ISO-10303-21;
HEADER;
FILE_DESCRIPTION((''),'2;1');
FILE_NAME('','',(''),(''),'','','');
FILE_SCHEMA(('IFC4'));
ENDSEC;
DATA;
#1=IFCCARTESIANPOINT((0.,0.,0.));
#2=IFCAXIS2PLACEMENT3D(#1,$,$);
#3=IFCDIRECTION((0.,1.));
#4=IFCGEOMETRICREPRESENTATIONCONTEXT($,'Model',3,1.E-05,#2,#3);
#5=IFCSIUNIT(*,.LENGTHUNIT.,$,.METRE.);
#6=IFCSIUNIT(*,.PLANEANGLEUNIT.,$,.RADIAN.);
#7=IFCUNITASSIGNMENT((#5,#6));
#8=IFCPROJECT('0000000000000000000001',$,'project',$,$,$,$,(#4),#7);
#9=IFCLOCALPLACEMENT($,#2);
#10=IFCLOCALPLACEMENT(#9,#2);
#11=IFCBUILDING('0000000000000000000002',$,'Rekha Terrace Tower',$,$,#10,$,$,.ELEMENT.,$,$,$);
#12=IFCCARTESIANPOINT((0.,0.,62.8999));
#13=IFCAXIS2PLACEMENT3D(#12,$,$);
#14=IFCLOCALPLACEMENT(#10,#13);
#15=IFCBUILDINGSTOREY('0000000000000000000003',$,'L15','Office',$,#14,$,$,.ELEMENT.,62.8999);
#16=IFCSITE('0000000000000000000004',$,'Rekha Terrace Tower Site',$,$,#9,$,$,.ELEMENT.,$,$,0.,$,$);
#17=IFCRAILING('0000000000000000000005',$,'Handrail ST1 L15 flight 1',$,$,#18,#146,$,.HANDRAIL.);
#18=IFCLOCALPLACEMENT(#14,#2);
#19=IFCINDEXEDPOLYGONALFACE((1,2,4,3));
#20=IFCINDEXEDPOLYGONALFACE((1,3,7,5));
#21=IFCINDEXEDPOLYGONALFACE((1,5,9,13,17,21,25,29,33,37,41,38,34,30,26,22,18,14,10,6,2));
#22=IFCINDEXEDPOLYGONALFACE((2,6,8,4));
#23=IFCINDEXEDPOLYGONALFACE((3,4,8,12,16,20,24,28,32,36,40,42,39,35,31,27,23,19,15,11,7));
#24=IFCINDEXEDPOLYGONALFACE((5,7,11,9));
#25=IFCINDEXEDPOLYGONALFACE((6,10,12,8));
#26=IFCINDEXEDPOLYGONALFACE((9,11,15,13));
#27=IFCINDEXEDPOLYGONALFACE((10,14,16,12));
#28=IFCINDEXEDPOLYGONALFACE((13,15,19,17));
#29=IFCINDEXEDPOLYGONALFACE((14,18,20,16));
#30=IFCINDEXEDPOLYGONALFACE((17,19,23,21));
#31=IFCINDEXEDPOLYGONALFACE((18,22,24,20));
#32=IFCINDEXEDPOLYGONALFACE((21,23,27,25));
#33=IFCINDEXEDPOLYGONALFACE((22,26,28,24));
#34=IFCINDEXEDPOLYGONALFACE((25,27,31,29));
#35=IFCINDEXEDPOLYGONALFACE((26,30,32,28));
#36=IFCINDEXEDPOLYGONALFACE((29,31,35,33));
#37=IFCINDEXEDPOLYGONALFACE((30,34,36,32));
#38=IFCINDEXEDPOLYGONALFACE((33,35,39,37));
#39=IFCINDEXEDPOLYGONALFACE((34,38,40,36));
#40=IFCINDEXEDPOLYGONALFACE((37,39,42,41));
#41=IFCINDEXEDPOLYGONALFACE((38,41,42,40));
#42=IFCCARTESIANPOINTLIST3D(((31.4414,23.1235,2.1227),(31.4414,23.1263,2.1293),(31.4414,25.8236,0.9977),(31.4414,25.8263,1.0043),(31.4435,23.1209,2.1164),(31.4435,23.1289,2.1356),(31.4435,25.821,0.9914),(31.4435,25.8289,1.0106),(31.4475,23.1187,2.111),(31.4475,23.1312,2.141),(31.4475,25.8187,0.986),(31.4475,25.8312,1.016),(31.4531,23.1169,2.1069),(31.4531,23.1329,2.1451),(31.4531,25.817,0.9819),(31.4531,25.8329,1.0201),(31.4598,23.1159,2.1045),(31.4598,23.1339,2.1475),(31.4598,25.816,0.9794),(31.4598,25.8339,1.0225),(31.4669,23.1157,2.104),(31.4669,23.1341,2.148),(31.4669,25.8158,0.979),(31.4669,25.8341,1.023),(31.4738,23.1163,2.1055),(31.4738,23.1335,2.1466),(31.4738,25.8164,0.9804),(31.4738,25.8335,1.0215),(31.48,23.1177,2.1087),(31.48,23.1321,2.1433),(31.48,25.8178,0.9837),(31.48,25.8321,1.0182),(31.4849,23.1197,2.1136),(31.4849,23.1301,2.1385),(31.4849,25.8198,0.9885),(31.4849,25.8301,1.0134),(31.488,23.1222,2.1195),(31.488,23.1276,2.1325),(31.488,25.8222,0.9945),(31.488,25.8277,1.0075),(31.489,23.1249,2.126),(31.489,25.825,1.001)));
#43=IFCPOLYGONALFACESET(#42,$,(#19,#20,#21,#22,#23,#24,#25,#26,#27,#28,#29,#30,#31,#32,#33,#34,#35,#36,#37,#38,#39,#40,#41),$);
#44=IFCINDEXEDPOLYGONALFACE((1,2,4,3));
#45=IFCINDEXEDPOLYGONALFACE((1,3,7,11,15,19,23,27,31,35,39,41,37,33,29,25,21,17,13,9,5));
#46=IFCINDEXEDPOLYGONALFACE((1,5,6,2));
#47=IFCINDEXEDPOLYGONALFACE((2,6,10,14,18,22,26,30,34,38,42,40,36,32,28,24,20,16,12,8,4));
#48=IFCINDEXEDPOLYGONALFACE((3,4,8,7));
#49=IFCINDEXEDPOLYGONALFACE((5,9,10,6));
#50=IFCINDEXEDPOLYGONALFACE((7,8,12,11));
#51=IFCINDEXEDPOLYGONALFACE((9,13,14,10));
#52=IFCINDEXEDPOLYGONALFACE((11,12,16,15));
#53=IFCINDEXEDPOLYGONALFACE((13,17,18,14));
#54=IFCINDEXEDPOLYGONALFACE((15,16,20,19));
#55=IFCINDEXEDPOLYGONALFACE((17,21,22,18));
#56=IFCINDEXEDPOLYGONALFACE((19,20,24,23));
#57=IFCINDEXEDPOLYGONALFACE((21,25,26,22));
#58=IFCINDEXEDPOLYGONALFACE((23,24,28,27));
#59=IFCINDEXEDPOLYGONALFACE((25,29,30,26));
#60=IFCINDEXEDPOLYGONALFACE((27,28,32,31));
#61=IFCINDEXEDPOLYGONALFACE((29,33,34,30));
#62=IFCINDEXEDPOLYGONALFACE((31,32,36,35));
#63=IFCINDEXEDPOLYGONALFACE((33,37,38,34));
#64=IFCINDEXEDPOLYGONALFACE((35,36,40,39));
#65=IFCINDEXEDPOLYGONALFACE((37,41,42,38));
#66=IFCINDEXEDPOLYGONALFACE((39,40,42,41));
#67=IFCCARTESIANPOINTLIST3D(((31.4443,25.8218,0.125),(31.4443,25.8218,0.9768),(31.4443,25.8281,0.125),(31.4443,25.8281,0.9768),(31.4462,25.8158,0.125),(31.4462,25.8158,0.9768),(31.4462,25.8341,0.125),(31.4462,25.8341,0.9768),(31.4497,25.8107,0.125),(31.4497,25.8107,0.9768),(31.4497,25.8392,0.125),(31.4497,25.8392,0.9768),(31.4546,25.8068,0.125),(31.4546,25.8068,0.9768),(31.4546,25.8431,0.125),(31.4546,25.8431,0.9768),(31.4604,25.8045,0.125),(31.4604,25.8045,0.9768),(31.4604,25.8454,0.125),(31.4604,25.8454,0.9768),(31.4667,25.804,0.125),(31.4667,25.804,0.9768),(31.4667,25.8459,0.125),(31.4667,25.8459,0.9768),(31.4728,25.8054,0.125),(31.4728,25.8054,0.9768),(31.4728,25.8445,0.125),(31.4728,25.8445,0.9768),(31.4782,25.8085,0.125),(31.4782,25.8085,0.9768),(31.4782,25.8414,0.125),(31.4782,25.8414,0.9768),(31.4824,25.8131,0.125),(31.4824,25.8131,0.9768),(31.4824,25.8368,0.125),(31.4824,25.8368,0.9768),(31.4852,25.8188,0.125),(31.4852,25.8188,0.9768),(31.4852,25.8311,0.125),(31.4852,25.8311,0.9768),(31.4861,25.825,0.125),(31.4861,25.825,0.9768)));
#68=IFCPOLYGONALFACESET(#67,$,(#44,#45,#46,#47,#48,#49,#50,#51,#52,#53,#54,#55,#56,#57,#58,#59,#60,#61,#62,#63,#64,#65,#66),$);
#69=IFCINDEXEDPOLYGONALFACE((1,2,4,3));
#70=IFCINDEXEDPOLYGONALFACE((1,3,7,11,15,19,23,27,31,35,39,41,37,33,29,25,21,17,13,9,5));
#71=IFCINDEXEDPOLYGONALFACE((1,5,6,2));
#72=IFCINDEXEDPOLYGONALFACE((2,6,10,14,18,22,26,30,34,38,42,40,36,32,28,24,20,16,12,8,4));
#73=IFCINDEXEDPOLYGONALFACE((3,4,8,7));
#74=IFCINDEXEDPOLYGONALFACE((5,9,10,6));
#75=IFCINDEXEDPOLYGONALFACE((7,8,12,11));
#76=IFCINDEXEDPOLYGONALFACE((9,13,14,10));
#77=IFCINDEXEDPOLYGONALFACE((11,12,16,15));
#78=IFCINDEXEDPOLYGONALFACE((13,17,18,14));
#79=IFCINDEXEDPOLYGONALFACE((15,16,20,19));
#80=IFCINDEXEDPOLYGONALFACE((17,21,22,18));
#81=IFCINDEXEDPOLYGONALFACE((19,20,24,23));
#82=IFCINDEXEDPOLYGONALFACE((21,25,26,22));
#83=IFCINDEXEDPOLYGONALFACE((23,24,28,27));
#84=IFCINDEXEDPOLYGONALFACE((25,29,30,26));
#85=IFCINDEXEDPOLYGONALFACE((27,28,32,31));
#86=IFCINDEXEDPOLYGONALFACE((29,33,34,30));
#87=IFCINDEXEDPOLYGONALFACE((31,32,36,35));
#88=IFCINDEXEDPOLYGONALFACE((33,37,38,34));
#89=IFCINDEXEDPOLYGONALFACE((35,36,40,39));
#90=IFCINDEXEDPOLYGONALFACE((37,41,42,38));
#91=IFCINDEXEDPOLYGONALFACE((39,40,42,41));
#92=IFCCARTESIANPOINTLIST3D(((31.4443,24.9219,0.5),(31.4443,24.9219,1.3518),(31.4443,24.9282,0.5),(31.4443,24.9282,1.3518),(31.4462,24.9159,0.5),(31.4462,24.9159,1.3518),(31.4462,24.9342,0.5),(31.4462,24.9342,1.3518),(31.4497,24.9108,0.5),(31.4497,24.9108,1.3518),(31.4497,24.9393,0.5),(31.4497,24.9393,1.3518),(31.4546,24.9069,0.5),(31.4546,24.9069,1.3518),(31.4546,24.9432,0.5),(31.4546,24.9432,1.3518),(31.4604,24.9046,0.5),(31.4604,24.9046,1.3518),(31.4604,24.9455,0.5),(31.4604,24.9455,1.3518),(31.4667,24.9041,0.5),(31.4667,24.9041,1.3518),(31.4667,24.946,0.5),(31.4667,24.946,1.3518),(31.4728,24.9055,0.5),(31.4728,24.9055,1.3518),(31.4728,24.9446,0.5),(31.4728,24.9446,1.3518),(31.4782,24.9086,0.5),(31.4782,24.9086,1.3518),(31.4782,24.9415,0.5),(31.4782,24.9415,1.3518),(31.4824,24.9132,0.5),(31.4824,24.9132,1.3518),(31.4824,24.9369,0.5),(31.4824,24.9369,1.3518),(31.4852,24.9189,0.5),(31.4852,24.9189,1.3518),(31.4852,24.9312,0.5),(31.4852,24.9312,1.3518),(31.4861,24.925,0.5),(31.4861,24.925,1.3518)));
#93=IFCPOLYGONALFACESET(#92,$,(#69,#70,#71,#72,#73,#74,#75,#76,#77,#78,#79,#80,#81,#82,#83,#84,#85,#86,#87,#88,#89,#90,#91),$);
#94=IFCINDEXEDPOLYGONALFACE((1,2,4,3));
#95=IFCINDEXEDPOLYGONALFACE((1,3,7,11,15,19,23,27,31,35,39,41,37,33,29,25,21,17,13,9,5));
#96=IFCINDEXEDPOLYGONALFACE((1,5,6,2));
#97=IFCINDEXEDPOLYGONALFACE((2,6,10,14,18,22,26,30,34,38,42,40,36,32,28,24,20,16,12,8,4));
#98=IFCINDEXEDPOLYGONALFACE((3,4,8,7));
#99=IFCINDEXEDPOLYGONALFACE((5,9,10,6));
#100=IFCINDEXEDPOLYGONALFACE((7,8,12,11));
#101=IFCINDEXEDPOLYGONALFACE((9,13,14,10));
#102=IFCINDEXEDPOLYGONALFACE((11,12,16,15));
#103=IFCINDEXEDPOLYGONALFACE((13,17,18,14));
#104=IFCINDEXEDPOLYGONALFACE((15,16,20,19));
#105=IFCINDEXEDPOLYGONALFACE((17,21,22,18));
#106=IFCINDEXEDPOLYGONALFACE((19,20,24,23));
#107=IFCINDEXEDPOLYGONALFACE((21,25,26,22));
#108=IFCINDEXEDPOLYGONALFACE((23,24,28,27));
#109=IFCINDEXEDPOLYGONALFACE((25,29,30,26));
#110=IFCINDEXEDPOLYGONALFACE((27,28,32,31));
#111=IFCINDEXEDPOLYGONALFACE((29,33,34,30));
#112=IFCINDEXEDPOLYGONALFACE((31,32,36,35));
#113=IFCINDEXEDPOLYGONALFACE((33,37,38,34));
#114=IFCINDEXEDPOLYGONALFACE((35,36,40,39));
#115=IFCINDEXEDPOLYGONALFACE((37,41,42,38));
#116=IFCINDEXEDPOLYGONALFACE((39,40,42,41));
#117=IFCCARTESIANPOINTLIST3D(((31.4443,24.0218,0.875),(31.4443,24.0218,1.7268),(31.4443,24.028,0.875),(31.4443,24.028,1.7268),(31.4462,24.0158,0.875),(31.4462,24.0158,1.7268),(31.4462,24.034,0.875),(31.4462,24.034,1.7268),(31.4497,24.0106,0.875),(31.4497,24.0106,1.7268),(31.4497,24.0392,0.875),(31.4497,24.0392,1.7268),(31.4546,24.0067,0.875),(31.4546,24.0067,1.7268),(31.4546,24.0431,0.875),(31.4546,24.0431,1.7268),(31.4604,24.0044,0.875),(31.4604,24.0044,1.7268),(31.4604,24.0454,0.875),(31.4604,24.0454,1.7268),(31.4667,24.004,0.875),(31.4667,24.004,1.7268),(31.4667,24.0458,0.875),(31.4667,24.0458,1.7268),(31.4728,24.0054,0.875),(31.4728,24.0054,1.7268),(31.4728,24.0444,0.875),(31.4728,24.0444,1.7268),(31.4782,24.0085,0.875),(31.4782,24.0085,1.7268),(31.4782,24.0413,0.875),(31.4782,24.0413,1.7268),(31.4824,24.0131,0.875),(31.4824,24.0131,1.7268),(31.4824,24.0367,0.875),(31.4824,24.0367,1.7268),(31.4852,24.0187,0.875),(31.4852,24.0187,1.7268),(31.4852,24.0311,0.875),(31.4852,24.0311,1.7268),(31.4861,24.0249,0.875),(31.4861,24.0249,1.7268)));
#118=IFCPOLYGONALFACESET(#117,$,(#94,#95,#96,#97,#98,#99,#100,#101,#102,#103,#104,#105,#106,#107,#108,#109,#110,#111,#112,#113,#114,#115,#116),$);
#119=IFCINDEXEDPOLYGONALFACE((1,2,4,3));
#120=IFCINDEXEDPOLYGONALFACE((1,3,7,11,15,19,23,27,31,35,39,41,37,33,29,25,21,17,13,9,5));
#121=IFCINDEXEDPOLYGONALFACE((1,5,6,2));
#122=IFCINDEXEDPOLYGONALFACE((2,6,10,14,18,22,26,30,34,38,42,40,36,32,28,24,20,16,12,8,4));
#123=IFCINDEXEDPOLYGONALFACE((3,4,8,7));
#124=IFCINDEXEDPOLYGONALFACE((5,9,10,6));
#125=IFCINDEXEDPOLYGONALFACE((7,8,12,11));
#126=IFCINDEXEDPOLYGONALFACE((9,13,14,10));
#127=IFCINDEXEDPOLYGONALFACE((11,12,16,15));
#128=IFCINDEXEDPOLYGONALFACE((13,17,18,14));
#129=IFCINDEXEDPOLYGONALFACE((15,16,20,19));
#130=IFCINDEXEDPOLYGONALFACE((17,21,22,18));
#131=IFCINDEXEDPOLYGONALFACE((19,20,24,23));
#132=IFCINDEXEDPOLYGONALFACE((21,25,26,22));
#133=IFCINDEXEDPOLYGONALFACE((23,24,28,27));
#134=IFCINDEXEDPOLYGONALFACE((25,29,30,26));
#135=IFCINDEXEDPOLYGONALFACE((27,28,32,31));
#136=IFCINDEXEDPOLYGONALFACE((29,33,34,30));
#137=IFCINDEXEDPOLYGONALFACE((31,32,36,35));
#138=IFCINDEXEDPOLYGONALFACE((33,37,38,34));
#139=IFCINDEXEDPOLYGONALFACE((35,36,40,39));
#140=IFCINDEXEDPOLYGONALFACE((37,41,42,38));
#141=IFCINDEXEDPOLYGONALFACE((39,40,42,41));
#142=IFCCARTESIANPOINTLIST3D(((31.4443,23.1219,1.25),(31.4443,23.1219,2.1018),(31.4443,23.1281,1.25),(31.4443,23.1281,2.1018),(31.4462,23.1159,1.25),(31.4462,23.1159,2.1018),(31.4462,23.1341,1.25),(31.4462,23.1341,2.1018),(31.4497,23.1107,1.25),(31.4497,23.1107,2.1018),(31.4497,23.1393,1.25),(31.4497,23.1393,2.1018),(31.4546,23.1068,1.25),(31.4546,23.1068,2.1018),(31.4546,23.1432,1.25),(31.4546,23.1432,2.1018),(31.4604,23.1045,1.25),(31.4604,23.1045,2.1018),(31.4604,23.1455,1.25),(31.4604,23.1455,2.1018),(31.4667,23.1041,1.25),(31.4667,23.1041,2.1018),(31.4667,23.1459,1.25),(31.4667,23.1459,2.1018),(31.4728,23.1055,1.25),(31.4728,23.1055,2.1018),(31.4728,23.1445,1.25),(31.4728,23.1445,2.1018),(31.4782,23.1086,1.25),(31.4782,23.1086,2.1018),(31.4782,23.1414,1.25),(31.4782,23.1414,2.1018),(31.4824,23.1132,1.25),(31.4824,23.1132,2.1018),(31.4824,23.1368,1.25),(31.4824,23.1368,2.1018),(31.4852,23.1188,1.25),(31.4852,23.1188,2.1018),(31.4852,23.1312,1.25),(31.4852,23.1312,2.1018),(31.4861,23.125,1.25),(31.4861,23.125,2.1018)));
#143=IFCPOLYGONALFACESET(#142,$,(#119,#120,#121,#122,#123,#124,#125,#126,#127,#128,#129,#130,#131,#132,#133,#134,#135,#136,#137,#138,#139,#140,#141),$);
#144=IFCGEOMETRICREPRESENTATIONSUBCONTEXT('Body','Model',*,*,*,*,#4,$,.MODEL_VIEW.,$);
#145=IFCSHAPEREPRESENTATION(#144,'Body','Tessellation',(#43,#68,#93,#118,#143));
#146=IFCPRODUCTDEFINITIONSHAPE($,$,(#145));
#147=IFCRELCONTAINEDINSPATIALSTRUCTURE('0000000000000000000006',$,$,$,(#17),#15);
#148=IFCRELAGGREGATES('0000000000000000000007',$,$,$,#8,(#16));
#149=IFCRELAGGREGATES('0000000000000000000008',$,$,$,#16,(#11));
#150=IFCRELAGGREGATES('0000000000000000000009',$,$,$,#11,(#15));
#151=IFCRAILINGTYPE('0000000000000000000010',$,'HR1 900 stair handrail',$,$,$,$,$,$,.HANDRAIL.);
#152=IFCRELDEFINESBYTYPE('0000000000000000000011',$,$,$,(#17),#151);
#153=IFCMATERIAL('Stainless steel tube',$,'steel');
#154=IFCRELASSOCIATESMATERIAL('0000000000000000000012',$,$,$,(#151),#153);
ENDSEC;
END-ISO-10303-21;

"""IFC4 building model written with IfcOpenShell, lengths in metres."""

from ifc_helpers import new_model, si_unit, direction, frame, origin, origin_2d, place, context, subcontext, project, spatial, circle, extrude, material, type_object, element, save


model = new_model("IFC4")

# Units and contexts
model_context = context("Model", 3, precision=1e-05, world=origin(), true_north=direction((0.0, 1.0)))
body_context = subcontext(model_context, "Body", "Model", "MODEL_VIEW")
ifc_project = project(units=[si_unit("LENGTHUNIT", "METRE"), si_unit("PLANEANGLEUNIT", "RADIAN")], contexts=[model_context])

# Site, building, storey
site_placement = place(None, origin())
site = spatial("IfcSite", under=ifc_project, at=site_placement, Name="Rekha Terrace Tower Site", CompositionType="ELEMENT", RefElevation=0.0)
building_placement = place(site_placement, origin())
building = spatial("IfcBuilding", under=site, at=building_placement, Name="Rekha Terrace Tower", CompositionType="ELEMENT")
storey_placement = place(building_placement, frame((0.0, 0.0, 62.8999)))
storey = spatial("IfcBuildingStorey", under=building, at=storey_placement, Name="L15", Description="Office", CompositionType="ELEMENT", Elevation=62.8999)

# Railing
ifc_material_1 = material(Name="Stainless steel tube", Category="steel")
railing_type_1 = type_object("IfcRailingType", Name="HR1 900 stair handrail", PredefinedType="HANDRAIL", material=ifc_material_1)
railing_1_placement = place(storey_placement, frame((31.4651, 25.825, 0.125)))
element("IfcRailing", 1, at=railing_1_placement, inside=storey, type_object=railing_type_1, Name="Handrail ST1 L15 flight 1", PredefinedType="HANDRAIL", context=body_context, shape_type="SweptSolid", body=[
    extrude(circle(Radius=0.0239, at=origin_2d()), frame((0.0, 0.0, 0.876), z_axis=(0.0, -0.923074, 0.384621), x_axis=(1.0, 0.0, 0.0)), (0.0, 0.0, 1.0), 2.925),
    extrude(circle(Radius=0.021, at=origin_2d()), origin(), (0.0, 0.0, 1.0), 0.8518),
    extrude(circle(Radius=0.021, at=origin_2d()), frame((0.0, -0.8999, 0.375)), (0.0, 0.0, 1.0), 0.8518),
    extrude(circle(Radius=0.021, at=origin_2d()), frame((0.0, -1.8, 0.75)), (0.0, 0.0, 1.0), 0.8518),
    extrude(circle(Radius=0.021, at=origin_2d()), frame((0.0, -2.7, 1.125)), (0.0, 0.0, 1.0), 0.8518),
])

save(model, "model.ifc")
